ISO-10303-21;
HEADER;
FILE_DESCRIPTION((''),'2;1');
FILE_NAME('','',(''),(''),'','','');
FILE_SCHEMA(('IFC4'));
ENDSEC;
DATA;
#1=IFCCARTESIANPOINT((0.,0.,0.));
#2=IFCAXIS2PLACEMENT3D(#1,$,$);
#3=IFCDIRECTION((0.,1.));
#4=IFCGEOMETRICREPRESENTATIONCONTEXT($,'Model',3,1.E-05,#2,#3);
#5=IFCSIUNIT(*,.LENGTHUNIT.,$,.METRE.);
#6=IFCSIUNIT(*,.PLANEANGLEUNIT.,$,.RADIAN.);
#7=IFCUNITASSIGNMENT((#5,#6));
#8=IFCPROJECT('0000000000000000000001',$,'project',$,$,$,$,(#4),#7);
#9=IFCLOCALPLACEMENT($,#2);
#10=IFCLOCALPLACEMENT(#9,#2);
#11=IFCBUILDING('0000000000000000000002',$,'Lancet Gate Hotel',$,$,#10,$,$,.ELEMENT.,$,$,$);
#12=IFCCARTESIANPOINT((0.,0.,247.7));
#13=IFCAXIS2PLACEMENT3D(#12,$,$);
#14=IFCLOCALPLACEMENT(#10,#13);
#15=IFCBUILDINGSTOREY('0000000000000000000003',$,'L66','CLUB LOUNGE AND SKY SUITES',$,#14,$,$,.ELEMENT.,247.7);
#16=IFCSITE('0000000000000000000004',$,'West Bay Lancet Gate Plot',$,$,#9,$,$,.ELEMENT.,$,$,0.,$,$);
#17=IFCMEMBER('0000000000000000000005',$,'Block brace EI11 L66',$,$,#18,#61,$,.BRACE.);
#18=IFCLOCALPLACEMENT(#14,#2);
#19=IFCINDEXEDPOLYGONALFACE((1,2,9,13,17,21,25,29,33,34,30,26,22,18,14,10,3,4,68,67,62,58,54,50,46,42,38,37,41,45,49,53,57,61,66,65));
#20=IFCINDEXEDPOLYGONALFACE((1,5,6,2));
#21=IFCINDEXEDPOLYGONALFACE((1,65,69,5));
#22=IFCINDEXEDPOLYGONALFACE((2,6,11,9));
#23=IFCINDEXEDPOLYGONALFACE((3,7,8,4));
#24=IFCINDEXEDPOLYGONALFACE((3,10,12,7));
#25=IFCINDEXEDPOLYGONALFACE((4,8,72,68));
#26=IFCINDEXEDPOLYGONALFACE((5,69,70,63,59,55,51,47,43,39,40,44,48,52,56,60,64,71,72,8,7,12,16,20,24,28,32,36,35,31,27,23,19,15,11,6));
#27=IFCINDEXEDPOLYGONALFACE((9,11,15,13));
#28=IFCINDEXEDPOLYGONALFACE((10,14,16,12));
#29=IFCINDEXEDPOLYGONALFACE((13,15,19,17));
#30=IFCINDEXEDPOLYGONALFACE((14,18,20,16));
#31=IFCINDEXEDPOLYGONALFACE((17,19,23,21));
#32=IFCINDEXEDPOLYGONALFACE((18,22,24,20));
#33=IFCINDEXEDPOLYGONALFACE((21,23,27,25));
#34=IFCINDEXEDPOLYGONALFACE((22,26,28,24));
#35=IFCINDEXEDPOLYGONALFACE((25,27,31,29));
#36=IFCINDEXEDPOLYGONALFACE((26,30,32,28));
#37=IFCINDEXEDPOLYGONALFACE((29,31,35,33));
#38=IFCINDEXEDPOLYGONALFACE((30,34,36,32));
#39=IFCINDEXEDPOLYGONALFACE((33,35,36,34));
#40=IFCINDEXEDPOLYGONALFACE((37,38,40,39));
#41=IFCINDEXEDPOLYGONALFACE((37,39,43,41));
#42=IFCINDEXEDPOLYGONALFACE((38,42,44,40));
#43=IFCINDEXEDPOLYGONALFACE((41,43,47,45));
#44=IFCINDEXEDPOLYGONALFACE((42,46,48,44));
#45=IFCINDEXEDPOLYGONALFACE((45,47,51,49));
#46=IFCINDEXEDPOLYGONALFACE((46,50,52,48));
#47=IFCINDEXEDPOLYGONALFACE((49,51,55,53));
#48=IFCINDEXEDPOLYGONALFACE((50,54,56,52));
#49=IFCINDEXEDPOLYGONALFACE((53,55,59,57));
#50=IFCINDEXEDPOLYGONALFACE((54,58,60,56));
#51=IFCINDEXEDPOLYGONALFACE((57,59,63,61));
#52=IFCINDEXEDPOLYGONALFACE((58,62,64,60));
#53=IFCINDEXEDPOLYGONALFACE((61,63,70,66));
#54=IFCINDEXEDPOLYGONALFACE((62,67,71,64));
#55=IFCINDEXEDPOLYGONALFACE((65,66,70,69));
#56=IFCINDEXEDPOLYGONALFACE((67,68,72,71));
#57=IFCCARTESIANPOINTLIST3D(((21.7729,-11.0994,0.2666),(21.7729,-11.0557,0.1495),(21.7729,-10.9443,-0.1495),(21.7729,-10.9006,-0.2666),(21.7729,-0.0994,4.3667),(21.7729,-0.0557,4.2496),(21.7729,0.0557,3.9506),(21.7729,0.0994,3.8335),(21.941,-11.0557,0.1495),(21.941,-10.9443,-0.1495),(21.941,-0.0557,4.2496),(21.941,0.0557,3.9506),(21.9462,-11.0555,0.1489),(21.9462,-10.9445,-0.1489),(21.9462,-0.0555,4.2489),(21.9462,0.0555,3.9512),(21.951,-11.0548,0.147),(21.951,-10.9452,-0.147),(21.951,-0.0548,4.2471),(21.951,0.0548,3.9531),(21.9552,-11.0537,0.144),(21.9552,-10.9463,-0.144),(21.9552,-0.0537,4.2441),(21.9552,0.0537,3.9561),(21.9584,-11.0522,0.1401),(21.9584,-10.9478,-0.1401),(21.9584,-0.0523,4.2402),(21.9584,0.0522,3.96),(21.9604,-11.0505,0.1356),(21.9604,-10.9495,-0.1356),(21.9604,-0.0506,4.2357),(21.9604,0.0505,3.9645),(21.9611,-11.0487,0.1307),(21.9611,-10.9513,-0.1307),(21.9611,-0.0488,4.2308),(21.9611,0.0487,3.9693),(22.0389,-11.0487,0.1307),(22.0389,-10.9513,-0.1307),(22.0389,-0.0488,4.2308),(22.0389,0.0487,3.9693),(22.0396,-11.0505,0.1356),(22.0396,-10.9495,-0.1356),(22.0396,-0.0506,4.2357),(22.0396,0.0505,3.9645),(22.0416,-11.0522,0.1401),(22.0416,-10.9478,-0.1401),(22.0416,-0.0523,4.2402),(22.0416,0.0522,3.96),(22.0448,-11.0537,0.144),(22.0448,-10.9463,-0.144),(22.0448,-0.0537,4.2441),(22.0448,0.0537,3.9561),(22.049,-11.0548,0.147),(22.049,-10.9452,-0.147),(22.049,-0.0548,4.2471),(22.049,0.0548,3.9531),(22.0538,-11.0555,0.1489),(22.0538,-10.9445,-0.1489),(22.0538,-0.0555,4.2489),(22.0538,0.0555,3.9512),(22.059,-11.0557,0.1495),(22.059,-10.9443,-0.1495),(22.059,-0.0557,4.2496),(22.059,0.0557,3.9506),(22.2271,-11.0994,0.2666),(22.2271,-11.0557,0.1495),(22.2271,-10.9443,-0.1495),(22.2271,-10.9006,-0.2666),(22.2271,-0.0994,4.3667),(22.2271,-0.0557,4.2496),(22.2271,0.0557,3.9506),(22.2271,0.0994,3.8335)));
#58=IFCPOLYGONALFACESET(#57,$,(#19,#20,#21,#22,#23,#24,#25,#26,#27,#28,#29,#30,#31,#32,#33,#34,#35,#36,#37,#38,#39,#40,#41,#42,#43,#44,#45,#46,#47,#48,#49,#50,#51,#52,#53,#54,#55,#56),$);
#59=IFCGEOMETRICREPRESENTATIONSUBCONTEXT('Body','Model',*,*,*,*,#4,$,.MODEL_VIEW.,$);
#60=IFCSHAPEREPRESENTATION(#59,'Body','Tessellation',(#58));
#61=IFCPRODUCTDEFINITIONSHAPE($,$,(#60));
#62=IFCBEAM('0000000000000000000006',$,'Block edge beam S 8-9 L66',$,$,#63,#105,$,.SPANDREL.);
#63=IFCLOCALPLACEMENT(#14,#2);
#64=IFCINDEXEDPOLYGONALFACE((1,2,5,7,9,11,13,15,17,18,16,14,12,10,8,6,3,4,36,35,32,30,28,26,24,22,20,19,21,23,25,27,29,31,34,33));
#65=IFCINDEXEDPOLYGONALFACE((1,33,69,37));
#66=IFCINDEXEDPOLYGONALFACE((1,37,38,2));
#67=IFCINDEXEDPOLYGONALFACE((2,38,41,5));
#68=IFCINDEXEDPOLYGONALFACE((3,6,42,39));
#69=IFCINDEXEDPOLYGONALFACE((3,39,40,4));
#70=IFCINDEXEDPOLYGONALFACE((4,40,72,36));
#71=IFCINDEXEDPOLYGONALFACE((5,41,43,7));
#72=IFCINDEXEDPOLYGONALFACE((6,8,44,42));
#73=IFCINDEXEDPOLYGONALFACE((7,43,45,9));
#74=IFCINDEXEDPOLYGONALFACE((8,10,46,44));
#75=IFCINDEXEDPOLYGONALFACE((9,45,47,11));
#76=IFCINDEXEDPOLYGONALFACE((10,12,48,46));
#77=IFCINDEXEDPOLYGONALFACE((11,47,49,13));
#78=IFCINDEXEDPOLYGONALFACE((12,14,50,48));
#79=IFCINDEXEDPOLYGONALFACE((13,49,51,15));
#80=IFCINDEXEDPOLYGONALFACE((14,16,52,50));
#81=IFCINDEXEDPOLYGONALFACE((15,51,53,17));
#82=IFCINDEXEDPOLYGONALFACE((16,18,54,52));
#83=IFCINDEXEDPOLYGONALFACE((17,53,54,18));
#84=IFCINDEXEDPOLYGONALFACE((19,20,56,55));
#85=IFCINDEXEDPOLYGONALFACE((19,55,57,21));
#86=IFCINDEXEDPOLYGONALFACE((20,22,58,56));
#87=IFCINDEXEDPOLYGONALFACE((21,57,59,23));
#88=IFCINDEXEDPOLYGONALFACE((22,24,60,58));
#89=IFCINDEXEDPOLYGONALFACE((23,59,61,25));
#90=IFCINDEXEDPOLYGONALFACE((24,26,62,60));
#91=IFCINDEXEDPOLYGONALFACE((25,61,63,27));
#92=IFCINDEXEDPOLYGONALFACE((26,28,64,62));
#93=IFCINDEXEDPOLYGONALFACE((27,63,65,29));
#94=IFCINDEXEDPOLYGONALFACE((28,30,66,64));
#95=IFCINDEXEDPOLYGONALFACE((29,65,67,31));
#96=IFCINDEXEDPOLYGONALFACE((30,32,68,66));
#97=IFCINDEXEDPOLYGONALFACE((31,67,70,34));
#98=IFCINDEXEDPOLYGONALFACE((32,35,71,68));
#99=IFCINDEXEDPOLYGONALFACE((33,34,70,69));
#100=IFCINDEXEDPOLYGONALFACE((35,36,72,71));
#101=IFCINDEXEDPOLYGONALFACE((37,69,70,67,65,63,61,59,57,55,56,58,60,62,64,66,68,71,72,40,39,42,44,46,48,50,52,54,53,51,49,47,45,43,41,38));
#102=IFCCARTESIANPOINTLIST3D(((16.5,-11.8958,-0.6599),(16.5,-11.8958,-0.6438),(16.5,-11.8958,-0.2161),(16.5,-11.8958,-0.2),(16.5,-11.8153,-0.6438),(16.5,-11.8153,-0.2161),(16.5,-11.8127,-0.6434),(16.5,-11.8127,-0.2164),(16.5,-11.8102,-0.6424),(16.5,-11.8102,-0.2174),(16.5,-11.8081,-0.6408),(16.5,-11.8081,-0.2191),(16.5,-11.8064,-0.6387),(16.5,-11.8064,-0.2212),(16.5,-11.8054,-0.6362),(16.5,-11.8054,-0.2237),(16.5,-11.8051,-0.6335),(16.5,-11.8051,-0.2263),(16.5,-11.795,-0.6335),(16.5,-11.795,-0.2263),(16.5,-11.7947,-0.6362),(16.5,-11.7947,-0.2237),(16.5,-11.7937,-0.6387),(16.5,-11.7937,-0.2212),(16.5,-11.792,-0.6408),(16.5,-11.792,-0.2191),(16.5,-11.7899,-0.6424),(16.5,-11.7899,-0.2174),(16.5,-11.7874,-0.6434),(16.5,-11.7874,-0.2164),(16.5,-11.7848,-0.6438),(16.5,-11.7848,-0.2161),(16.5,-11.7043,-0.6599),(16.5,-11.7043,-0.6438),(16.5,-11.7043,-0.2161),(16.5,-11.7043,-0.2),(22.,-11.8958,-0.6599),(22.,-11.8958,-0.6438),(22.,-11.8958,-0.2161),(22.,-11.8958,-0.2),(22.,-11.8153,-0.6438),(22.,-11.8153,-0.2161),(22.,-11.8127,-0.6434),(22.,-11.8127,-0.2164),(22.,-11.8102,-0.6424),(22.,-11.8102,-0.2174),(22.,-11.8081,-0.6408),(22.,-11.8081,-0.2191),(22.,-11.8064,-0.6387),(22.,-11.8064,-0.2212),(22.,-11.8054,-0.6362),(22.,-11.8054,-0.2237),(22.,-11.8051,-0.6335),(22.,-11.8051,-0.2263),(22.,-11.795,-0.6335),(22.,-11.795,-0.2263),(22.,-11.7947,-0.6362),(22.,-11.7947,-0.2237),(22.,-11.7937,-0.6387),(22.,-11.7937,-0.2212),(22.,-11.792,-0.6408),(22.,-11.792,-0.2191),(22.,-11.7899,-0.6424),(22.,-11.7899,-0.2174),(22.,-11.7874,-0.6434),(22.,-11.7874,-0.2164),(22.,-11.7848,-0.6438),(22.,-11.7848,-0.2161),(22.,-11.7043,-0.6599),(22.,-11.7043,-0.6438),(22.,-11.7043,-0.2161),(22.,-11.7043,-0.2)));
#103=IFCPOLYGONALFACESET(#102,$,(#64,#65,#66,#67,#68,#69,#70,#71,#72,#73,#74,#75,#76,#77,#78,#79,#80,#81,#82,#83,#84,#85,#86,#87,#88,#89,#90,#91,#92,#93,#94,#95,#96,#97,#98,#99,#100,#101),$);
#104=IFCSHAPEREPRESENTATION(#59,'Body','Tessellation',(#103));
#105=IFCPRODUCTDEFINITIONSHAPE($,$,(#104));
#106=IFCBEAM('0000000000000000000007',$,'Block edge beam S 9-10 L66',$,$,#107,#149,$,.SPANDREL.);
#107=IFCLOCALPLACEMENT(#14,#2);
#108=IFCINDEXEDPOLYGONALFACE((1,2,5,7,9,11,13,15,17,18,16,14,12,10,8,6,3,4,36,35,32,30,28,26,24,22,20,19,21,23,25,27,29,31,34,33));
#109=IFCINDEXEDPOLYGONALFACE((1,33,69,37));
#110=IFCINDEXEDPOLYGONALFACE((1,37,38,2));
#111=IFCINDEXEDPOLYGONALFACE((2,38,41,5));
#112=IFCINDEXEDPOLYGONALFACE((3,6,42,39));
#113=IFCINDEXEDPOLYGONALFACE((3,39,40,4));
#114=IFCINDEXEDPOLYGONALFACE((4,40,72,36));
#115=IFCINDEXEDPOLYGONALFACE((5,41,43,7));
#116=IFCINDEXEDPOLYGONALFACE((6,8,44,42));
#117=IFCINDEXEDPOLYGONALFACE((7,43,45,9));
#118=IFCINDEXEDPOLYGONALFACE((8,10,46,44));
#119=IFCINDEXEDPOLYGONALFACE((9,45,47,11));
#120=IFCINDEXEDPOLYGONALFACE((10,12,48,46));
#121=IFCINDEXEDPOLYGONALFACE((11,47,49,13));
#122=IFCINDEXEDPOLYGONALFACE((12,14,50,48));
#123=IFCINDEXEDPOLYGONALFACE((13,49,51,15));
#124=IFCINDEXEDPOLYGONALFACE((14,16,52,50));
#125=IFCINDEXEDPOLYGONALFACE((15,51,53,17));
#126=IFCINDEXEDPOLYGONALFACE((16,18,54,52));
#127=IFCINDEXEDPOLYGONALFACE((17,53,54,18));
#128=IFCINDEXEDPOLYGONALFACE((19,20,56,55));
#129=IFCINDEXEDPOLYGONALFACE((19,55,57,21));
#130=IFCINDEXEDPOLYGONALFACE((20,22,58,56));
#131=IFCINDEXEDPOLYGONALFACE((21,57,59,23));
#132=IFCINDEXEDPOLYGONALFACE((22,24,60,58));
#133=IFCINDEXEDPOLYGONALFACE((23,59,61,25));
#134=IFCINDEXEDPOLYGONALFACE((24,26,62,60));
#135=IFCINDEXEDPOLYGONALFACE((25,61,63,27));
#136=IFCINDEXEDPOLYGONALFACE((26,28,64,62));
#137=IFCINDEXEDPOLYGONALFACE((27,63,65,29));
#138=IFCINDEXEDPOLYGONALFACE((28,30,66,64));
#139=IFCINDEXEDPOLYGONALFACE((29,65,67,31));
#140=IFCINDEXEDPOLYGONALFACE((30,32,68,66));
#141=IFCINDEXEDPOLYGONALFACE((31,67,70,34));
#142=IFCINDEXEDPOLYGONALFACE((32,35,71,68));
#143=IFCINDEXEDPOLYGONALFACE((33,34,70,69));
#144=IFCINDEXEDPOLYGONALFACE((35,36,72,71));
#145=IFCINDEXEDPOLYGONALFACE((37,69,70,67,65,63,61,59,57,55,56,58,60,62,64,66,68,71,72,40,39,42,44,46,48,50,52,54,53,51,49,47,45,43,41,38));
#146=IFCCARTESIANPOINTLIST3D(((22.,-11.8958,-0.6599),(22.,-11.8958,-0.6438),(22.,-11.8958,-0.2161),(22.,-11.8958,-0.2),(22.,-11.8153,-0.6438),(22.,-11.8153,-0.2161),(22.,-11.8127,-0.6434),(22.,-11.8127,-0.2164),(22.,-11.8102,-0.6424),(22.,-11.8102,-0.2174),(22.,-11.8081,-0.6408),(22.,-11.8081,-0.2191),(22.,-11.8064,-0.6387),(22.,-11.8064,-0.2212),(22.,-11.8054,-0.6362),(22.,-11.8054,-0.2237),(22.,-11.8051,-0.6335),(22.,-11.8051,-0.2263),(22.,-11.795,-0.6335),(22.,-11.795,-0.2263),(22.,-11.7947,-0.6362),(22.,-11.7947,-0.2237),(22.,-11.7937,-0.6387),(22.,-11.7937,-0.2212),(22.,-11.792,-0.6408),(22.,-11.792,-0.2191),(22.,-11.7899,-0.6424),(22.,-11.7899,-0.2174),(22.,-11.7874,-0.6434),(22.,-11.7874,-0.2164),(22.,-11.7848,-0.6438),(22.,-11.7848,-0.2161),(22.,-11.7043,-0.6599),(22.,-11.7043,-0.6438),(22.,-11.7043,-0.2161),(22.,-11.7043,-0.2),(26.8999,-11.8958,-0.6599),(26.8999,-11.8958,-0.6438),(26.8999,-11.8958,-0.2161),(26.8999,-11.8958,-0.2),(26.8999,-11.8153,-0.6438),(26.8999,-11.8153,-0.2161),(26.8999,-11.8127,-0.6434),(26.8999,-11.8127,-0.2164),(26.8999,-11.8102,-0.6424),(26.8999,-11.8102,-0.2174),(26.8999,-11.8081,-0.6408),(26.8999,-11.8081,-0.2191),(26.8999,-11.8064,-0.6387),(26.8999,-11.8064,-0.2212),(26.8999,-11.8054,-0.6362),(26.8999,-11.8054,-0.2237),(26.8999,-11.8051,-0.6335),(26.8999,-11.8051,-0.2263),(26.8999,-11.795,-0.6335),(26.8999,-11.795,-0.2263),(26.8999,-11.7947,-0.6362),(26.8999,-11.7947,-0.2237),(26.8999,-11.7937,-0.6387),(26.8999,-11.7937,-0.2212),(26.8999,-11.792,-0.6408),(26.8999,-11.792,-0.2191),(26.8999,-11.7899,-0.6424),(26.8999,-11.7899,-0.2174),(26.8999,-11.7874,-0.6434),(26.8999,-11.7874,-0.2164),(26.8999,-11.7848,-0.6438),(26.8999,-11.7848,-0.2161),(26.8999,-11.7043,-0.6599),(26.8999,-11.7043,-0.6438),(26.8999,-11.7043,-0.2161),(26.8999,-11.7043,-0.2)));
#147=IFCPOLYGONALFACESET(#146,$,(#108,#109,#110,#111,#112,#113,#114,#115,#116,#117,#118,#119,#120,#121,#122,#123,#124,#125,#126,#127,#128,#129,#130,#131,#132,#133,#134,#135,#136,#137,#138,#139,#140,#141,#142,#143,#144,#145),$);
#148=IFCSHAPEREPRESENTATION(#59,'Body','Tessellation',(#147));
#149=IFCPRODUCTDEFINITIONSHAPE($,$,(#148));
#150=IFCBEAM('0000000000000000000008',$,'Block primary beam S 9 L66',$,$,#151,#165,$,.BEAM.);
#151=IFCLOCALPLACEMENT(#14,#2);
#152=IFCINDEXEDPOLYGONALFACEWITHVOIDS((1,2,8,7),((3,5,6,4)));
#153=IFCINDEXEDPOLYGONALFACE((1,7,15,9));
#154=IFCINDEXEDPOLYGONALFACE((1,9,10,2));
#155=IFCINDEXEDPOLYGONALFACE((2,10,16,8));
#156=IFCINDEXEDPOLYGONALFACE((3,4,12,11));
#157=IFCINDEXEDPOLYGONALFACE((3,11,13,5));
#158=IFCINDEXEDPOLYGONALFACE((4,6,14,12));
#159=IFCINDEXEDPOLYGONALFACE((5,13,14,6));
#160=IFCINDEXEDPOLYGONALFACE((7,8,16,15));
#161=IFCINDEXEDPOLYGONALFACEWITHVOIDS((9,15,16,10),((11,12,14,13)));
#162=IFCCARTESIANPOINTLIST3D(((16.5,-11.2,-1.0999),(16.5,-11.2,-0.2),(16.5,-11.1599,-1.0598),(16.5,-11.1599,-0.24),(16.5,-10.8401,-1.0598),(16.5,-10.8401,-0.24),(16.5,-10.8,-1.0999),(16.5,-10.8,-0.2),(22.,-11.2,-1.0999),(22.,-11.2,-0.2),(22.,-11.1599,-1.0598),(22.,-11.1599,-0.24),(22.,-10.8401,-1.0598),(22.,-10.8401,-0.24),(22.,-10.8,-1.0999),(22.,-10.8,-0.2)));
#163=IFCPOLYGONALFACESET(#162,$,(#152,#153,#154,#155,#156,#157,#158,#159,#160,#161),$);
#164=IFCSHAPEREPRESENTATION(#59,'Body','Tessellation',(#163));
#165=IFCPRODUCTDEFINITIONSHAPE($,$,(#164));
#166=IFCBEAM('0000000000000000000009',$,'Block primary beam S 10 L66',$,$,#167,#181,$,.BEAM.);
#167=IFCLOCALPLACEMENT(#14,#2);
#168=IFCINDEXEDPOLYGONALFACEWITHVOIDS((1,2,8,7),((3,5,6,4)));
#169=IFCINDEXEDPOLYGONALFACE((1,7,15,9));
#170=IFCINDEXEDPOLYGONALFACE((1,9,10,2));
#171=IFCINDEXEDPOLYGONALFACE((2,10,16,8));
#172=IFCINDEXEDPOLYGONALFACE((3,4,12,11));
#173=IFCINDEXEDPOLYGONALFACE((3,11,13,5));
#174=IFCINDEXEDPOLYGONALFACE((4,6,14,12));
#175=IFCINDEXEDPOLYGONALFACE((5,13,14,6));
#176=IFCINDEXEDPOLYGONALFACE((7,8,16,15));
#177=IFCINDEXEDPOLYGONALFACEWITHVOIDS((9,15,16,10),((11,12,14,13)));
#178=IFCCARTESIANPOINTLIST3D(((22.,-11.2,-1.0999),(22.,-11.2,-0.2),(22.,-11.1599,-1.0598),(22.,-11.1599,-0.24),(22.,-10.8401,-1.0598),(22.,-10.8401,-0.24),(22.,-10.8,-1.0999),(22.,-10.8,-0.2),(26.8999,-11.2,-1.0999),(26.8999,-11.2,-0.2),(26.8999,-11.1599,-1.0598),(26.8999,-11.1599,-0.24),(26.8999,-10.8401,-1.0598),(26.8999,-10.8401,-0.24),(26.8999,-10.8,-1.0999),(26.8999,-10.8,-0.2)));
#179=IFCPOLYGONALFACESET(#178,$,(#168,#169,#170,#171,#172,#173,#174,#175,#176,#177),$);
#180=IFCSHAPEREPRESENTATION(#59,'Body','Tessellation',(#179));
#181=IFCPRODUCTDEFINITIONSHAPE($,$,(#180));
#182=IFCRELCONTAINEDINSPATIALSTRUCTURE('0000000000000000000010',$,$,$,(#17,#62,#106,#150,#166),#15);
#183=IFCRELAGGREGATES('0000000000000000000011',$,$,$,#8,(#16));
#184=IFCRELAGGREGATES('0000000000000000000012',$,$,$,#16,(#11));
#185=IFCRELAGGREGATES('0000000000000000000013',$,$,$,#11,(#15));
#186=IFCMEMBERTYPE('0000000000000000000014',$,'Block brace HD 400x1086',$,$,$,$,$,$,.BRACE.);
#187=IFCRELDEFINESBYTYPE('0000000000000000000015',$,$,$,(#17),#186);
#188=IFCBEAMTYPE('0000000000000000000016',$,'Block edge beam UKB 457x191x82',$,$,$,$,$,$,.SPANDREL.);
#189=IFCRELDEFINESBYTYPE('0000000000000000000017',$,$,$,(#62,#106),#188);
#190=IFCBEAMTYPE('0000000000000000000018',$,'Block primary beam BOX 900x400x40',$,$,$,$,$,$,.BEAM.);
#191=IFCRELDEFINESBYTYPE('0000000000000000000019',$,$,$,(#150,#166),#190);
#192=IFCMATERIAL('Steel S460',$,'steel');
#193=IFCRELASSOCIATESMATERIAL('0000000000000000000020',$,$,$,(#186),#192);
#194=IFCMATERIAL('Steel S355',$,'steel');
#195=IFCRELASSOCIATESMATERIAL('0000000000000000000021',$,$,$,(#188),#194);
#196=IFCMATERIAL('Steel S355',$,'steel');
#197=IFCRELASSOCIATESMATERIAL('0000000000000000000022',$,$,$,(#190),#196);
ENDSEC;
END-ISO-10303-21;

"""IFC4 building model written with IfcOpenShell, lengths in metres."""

from ifc_helpers import new_model, si_unit, direction, frame, origin, origin_2d, place, context, subcontext, project, spatial, hollow_rectangle, i_section, extrude, material, material_profile, profile_set, type_object, element, save


model = new_model("IFC4")

# Units and contexts
model_context = context("Model", 3, precision=1e-05, world=origin(), true_north=direction((0.0, 1.0)))
body_context = subcontext(model_context, "Body", "Model", "MODEL_VIEW")
ifc_project = project(units=[si_unit("LENGTHUNIT", "METRE"), si_unit("PLANEANGLEUNIT", "RADIAN")], contexts=[model_context])

# Site, building, storey
site_placement = place(None, origin())
site = spatial("IfcSite", under=ifc_project, at=site_placement, Name="West Bay Lancet Gate Plot", CompositionType="ELEMENT", RefElevation=0.0)
building_placement = place(site_placement, origin())
building = spatial("IfcBuilding", under=site, at=building_placement, Name="Lancet Gate Hotel", CompositionType="ELEMENT")
storey_placement = place(building_placement, frame((0.0, 0.0, 247.7)))
storey = spatial("IfcBuildingStorey", under=building, at=storey_placement, Name="L66", Description="CLUB LOUNGE AND SKY SUITES", CompositionType="ELEMENT", Elevation=247.7)

# Member
ifc_material_1 = material(Name="Steel S460", Category="steel")
ifc_material_profile_1 = material_profile(ifc_material_1, i_section(OverallWidth=0.4541, OverallDepth=0.5691, WebThickness=0.0779, FlangeThickness=0.125, FilletRadius=0.02, at=origin_2d()), Name="HD 400x1086")
ifc_profile_set_1 = profile_set([ifc_material_profile_1], Name="Steel S460")
member_type_1 = type_object("IfcMemberType", Name="Block brace HD 400x1086", PredefinedType="BRACE", material=ifc_profile_set_1)
member_1_placement = place(storey_placement, frame((22.0, -11.0, 0.0), z_axis=(0.0, 0.937025, 0.349263), x_axis=(-1.0, 0.0, 0.0)))
element("IfcMember", 1, at=member_1_placement, inside=storey, type_object=member_type_1, Name="Block brace EI11 L66", PredefinedType="BRACE", context=body_context, shape_type="SweptSolid", body=[
    extrude(i_section(OverallWidth=0.4541, OverallDepth=0.5691, WebThickness=0.0779, FlangeThickness=0.125, FilletRadius=0.02, at=origin_2d()), origin(), (0.0, 0.0, 1.0), 11.7393),
])

# Beams
ifc_material_2 = material(Name="Steel S355", Category="steel")
ifc_material_profile_2 = material_profile(ifc_material_2, i_section(OverallWidth=0.1914, OverallDepth=0.46, WebThickness=0.01, FlangeThickness=0.0161, FilletRadius=0.0103, at=origin_2d()), Name="UKB 457x191x82")
ifc_profile_set_2 = profile_set([ifc_material_profile_2], Name="Steel S355")
beam_type_1 = type_object("IfcBeamType", Name="Block edge beam UKB 457x191x82", PredefinedType="SPANDREL", material=ifc_profile_set_2)
beam_1_placement = place(storey_placement, frame((16.5, -11.8, -0.4299), z_axis=(1.0, 0.0, 0.0), x_axis=(0.0, 1.0, 0.0)))
element("IfcBeam", 2, at=beam_1_placement, inside=storey, type_object=beam_type_1, Name="Block edge beam S 8-9 L66", PredefinedType="SPANDREL", context=body_context, shape_type="SweptSolid", body=[
    extrude(i_section(OverallWidth=0.1914, OverallDepth=0.46, WebThickness=0.01, FlangeThickness=0.0161, FilletRadius=0.0103, at=origin_2d()), origin(), (0.0, 0.0, 1.0), 5.5),
])
beam_2_placement = place(storey_placement, frame((22.0, -11.8, -0.4299), z_axis=(1.0, 0.0, 0.0), x_axis=(0.0, 1.0, 0.0)))
element("IfcBeam", 3, at=beam_2_placement, inside=storey, type_object=beam_type_1, Name="Block edge beam S 9-10 L66", PredefinedType="SPANDREL", context=body_context, shape_type="SweptSolid", body=[
    extrude(i_section(OverallWidth=0.1914, OverallDepth=0.46, WebThickness=0.01, FlangeThickness=0.0161, FilletRadius=0.0103, at=origin_2d()), origin(), (0.0, 0.0, 1.0), 4.8999),
])
ifc_material_3 = material(Name="Steel S355", Category="steel")
ifc_material_profile_3 = material_profile(ifc_material_3, hollow_rectangle(XDim=0.3999, YDim=0.8999, WallThickness=0.04, at=origin_2d()), Name="BOX 900x400x40")
ifc_profile_set_3 = profile_set([ifc_material_profile_3], Name="Steel S355")
beam_type_2 = type_object("IfcBeamType", Name="Block primary beam BOX 900x400x40", PredefinedType="BEAM", material=ifc_profile_set_3)
beam_3_placement = place(storey_placement, frame((16.5, -11.0, -0.6499), z_axis=(1.0, 0.0, 0.0), x_axis=(0.0, 1.0, 0.0)))
element("IfcBeam", 4, at=beam_3_placement, inside=storey, type_object=beam_type_2, Name="Block primary beam S 9 L66", PredefinedType="BEAM", context=body_context, shape_type="SweptSolid", body=[
    extrude(hollow_rectangle(XDim=0.3999, YDim=0.8999, WallThickness=0.04, at=origin_2d()), origin(), (0.0, 0.0, 1.0), 5.5),
])
beam_4_placement = place(storey_placement, frame((22.0, -11.0, -0.6499), z_axis=(1.0, 0.0, 0.0), x_axis=(0.0, 1.0, 0.0)))
element("IfcBeam", 5, at=beam_4_placement, inside=storey, type_object=beam_type_2, Name="Block primary beam S 10 L66", PredefinedType="BEAM", context=body_context, shape_type="SweptSolid", body=[
    extrude(hollow_rectangle(XDim=0.3999, YDim=0.8999, WallThickness=0.04, at=origin_2d()), origin(), (0.0, 0.0, 1.0), 4.8999),
])

save(model, "model.ifc")
